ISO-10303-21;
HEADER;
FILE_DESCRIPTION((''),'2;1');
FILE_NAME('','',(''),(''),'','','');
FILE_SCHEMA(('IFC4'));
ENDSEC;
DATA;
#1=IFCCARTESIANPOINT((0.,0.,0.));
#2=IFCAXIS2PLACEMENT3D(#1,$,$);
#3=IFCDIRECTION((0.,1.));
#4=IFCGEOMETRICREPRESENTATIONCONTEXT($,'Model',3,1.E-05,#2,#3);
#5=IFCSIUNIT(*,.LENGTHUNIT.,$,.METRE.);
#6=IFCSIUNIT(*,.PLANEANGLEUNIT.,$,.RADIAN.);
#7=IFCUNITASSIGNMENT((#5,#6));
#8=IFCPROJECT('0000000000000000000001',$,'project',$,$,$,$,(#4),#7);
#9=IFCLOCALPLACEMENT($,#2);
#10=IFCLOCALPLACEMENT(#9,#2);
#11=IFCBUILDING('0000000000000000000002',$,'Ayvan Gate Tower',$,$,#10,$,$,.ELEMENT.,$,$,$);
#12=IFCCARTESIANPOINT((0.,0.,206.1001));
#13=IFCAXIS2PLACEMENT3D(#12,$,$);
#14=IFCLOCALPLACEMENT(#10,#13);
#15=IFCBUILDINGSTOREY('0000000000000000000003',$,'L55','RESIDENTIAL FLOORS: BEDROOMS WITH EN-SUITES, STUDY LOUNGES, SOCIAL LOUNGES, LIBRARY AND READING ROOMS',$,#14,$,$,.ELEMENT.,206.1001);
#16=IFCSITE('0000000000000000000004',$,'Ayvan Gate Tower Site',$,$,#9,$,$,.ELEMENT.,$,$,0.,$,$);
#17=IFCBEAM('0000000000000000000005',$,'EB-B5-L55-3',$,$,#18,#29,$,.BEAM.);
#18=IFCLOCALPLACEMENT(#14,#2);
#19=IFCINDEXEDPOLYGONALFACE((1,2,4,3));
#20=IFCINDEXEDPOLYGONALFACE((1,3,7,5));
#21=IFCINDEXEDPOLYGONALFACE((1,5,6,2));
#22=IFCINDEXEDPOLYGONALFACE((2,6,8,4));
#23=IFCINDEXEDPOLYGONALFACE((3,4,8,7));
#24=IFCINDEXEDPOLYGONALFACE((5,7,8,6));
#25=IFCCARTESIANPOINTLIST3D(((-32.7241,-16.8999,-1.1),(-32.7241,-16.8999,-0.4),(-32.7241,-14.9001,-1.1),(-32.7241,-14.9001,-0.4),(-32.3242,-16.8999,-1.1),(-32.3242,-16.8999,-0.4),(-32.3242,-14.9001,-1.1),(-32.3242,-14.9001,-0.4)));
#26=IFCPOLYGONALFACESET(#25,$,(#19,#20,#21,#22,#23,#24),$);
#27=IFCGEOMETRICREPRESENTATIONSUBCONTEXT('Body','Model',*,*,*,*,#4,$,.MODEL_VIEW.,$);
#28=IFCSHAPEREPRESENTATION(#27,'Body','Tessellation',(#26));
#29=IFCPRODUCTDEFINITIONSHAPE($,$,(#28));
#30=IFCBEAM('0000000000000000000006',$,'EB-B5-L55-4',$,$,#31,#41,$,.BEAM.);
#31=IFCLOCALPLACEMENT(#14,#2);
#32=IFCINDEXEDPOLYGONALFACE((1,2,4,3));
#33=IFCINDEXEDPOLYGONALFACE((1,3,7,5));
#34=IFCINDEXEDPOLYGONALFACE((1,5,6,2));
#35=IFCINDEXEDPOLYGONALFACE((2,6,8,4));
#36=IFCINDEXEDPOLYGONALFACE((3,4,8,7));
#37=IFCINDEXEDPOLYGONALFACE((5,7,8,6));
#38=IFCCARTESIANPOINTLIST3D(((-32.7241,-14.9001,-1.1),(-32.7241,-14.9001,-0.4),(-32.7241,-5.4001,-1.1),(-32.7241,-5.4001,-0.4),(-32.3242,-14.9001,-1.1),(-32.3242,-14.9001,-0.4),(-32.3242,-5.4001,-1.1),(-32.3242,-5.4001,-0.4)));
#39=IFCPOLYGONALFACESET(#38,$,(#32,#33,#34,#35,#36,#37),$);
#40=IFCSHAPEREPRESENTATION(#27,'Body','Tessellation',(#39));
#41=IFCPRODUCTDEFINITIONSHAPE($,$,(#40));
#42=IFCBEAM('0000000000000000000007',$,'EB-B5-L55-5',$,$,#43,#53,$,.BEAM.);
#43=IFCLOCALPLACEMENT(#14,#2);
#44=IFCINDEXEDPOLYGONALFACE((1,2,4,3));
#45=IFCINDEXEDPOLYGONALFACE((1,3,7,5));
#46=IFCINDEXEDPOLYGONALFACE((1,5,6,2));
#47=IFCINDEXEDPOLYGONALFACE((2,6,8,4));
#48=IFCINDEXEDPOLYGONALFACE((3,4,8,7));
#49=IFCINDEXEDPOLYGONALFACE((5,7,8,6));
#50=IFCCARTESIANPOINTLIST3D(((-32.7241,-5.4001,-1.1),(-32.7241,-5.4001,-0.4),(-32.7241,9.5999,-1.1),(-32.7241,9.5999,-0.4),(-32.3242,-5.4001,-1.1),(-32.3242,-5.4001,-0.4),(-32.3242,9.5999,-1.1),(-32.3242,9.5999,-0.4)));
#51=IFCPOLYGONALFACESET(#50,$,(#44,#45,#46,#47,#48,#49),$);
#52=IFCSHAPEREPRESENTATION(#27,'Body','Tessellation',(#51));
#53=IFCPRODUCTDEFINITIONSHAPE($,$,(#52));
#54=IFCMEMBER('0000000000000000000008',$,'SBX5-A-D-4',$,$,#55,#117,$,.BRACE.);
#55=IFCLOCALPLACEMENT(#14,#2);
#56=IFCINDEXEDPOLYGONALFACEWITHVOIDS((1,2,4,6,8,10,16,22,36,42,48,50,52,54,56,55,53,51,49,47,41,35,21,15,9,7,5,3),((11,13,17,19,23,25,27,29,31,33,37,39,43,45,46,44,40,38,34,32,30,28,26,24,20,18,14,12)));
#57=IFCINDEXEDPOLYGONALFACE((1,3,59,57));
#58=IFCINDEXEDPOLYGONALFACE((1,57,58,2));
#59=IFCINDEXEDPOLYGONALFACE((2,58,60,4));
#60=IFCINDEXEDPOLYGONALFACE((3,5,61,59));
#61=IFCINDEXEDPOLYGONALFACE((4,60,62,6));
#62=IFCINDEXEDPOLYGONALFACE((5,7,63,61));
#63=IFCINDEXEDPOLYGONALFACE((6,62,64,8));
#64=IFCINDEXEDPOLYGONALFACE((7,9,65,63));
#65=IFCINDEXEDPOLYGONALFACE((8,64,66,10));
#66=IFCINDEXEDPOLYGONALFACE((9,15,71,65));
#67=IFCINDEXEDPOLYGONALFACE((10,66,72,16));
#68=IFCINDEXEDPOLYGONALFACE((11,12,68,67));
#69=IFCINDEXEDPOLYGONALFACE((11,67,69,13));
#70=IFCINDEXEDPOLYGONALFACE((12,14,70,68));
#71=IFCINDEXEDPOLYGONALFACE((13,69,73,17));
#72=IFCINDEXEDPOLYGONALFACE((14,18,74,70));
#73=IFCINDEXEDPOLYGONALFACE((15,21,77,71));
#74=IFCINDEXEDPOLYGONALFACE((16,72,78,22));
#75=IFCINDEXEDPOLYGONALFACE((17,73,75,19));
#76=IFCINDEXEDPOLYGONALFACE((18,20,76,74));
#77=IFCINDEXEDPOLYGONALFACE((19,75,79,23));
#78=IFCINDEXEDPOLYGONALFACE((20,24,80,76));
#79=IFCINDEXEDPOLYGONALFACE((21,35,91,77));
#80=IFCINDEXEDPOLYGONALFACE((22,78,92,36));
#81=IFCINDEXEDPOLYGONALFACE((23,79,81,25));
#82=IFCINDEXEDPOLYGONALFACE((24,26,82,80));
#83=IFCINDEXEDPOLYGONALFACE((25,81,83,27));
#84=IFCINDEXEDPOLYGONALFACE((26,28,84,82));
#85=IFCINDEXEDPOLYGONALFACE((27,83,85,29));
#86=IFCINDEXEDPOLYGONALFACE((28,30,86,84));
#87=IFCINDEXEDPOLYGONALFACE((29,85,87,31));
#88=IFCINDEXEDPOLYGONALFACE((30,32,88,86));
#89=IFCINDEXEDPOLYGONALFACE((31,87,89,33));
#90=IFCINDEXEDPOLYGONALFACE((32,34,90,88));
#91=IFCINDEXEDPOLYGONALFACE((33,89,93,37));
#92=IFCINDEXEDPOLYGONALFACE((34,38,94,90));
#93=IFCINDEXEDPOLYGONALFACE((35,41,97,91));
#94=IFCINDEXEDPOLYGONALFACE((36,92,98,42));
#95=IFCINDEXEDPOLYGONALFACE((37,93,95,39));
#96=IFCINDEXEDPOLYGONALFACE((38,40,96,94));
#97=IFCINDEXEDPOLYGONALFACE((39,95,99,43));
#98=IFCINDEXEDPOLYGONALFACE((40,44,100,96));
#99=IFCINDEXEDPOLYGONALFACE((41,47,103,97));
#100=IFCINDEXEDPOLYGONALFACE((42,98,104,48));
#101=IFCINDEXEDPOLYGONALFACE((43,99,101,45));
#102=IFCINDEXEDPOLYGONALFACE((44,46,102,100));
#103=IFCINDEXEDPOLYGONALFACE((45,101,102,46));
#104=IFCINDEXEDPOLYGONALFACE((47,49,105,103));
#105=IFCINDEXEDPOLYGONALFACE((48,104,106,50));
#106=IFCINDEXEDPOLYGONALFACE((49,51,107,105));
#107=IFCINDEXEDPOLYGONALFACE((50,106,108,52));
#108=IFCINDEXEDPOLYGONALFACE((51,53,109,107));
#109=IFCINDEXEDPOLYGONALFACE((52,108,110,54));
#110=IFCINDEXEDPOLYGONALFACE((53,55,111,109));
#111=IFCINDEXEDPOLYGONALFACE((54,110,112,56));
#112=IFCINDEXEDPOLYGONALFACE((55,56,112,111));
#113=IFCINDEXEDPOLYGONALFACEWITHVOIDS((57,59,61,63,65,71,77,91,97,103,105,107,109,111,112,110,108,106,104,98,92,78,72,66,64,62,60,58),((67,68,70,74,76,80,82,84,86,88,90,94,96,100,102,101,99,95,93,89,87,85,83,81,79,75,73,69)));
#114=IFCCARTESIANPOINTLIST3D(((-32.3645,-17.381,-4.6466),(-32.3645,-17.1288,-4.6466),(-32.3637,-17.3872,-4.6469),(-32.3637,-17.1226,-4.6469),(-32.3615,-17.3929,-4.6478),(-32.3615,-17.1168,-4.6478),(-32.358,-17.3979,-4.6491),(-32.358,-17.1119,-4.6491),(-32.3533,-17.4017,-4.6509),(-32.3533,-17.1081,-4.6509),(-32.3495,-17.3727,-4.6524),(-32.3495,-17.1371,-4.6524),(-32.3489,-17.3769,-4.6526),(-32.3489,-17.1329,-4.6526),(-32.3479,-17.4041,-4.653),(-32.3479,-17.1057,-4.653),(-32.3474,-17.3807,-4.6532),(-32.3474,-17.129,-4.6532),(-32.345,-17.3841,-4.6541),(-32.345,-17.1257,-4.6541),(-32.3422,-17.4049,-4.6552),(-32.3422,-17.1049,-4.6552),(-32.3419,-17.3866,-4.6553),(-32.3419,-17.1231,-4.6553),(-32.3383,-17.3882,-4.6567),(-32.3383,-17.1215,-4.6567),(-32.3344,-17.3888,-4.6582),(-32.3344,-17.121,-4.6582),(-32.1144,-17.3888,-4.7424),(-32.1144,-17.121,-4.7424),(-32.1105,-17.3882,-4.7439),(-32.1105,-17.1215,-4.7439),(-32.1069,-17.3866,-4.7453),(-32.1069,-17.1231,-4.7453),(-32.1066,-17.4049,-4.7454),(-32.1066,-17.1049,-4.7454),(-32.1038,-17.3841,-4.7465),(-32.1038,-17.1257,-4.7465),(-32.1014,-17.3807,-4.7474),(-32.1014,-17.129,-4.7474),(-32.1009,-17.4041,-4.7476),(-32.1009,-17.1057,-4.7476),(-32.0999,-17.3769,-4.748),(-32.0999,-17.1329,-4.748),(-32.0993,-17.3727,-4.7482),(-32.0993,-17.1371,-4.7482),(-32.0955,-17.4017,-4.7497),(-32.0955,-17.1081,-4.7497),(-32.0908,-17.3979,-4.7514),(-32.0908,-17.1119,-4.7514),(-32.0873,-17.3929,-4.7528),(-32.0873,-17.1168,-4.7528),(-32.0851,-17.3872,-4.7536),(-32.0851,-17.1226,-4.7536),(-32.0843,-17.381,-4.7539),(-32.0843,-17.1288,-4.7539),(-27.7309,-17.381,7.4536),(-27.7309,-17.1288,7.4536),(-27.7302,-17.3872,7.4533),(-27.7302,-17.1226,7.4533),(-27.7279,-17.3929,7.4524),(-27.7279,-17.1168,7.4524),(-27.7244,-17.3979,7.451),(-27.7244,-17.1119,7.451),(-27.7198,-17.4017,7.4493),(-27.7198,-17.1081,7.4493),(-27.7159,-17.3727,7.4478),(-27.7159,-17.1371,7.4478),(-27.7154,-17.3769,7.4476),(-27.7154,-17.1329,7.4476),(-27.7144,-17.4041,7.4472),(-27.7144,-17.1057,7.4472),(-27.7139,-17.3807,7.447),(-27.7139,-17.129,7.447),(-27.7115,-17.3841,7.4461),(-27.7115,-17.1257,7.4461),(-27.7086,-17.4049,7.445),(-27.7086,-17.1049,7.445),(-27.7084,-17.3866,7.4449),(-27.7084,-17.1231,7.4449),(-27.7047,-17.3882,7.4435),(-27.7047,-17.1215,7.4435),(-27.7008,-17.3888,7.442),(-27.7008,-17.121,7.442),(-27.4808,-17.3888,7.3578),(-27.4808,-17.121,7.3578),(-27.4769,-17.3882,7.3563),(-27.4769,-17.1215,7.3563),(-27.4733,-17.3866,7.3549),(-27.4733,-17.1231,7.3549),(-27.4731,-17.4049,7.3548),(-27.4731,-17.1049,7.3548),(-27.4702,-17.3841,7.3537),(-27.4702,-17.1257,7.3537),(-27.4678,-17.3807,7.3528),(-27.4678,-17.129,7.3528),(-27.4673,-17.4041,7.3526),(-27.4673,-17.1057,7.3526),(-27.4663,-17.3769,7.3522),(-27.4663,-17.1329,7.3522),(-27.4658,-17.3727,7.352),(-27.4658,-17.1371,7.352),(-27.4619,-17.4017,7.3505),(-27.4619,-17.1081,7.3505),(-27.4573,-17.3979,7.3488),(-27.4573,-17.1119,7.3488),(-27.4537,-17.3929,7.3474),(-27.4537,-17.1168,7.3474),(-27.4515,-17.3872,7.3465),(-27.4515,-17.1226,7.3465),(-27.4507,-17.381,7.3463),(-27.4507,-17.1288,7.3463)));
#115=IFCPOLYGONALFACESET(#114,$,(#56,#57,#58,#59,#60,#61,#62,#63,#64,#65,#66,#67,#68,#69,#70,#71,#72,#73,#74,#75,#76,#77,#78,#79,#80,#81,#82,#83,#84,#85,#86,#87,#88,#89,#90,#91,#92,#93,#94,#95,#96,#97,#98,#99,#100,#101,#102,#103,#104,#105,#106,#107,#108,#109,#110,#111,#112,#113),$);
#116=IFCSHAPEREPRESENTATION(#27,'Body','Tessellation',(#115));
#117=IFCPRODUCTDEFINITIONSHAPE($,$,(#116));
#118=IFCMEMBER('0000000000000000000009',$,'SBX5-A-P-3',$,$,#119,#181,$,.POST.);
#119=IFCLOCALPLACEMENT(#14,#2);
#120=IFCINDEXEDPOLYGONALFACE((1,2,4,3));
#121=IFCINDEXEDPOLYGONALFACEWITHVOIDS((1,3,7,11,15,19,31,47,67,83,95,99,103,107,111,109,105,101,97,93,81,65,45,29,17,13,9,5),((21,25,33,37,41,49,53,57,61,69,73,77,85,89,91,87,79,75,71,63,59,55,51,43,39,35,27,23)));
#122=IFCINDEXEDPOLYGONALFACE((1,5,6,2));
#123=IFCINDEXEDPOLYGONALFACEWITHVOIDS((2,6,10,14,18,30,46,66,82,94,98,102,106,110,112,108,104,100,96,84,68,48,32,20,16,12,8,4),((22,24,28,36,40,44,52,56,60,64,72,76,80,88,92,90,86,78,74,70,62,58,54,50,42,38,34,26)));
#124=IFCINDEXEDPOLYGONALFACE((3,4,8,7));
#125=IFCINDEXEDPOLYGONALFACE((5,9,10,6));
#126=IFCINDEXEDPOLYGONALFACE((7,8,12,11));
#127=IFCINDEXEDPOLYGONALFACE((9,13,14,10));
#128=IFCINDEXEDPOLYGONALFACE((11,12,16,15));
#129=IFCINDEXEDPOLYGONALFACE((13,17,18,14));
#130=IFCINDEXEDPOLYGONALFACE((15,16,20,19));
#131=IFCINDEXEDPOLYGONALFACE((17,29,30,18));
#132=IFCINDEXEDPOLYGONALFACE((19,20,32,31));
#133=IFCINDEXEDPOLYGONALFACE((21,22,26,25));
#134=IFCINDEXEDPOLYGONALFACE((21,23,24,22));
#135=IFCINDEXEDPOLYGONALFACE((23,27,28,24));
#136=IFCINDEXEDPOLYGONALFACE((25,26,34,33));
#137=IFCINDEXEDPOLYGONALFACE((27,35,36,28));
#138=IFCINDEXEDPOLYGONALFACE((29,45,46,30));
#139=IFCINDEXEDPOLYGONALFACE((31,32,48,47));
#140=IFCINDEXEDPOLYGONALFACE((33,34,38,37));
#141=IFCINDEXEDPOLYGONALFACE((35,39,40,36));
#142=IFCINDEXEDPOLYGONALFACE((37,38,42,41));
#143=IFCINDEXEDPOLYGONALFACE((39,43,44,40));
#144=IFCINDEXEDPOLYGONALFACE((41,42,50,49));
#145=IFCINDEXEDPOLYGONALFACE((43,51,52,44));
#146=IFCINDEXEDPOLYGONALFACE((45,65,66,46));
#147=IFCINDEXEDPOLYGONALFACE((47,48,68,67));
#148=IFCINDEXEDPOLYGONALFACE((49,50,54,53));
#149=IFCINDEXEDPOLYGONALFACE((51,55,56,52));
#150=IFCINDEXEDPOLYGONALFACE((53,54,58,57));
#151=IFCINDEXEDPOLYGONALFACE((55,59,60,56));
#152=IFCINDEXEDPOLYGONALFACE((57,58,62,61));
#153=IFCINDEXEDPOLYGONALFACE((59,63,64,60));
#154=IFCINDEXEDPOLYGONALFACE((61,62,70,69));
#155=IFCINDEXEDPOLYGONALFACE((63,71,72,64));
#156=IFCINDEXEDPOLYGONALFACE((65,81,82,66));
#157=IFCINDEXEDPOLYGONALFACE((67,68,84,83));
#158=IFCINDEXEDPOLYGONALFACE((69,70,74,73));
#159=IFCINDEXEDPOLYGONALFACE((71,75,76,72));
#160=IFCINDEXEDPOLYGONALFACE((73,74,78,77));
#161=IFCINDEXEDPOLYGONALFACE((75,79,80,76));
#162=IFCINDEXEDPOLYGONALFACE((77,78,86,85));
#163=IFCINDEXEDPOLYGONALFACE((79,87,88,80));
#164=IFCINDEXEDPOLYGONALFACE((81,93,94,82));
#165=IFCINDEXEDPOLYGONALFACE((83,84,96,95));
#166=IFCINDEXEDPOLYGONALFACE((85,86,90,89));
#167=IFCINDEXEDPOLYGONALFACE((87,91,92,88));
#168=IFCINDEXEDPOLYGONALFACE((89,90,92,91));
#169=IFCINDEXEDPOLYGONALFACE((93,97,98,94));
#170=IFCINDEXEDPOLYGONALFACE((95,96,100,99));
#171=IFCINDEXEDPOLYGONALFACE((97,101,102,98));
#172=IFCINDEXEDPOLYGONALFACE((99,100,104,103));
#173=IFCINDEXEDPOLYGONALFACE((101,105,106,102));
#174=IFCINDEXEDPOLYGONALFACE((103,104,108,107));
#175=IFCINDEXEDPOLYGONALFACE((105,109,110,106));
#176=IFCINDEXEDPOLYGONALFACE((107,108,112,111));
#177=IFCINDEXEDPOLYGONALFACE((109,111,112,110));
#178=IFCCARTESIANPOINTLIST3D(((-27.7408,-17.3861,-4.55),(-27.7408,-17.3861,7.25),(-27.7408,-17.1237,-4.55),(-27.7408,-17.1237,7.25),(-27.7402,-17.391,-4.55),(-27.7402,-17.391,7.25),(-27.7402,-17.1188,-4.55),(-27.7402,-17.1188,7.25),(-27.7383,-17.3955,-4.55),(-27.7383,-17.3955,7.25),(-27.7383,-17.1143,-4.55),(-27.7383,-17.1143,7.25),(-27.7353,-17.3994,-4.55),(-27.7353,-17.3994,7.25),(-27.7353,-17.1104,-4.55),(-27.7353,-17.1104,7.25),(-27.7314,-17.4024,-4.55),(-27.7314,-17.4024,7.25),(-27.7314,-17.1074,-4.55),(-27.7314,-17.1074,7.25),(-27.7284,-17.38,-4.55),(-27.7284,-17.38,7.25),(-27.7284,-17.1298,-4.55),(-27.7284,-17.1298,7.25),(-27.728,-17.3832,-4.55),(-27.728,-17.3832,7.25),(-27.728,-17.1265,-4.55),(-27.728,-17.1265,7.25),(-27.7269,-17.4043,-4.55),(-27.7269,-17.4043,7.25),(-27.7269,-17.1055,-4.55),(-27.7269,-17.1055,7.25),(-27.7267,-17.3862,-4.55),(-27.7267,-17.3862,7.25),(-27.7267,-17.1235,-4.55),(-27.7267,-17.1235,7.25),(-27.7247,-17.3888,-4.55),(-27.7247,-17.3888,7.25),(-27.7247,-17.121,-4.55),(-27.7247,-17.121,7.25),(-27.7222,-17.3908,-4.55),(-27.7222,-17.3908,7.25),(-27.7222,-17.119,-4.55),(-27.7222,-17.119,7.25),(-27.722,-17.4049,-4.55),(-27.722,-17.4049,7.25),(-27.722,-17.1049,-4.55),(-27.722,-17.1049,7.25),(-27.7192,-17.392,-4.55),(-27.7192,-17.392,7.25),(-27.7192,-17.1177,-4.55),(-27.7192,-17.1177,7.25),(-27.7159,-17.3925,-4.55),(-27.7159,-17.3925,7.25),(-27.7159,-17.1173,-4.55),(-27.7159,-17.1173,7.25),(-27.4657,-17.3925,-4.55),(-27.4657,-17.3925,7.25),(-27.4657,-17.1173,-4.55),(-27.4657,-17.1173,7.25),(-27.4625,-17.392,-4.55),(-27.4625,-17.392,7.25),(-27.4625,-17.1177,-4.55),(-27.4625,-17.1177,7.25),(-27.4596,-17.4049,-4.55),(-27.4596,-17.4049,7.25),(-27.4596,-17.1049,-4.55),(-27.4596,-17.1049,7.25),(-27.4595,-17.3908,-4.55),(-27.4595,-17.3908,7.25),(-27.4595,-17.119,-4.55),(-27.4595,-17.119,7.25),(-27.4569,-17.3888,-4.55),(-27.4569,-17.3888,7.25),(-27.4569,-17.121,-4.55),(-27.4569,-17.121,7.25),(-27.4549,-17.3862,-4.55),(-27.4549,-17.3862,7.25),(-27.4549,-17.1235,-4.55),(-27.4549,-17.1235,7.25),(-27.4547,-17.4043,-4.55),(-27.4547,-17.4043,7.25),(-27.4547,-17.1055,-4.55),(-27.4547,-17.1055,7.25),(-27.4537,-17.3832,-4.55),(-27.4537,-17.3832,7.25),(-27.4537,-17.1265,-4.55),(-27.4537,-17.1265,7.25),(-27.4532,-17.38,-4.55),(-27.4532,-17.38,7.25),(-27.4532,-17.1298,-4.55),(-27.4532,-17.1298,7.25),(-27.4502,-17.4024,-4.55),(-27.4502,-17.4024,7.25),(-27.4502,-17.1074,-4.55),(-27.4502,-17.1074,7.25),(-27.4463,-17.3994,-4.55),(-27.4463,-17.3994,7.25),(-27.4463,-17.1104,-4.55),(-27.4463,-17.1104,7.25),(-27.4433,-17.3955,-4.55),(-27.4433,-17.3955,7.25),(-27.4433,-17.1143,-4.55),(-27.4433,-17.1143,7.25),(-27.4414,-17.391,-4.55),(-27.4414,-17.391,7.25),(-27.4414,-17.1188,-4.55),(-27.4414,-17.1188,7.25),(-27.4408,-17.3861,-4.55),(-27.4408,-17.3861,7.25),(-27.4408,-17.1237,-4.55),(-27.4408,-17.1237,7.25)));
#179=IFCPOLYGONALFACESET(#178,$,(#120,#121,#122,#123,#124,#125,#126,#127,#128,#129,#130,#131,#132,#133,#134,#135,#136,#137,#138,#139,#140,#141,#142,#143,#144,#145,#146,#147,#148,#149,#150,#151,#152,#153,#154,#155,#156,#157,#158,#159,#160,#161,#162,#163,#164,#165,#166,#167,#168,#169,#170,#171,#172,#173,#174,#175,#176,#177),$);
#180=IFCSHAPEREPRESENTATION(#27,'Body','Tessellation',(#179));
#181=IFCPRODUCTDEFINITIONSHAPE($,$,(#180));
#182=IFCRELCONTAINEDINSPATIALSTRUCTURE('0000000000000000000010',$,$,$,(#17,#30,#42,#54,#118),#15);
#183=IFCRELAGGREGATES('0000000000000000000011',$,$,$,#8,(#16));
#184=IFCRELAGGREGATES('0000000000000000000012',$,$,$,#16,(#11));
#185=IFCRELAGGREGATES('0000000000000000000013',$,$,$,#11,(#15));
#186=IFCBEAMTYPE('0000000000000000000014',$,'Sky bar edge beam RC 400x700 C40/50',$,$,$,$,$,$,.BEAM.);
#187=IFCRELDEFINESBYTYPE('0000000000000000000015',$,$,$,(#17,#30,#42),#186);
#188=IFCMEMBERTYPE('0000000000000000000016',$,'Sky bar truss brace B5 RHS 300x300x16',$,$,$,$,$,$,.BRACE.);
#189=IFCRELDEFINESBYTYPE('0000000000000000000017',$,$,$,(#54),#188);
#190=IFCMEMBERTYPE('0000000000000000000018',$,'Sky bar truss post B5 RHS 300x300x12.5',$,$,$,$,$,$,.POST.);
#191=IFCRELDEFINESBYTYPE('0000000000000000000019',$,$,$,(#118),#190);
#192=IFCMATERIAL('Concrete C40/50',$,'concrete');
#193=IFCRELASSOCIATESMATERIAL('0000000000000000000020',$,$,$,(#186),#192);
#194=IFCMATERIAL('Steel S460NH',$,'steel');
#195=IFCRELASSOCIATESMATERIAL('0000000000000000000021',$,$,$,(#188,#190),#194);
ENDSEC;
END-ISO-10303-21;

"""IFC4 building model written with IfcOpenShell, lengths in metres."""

from ifc_helpers import new_model, si_unit, direction, frame, origin, origin_2d, place, context, subcontext, project, spatial, rectangle, hollow_rectangle, extrude, material, material_profile, profile_set, type_object, element, save


model = new_model("IFC4")

# Units and contexts
model_context = context("Model", 3, precision=1e-05, world=origin(), true_north=direction((0.0, 1.0)))
body_context = subcontext(model_context, "Body", "Model", "MODEL_VIEW")
ifc_project = project(units=[si_unit("LENGTHUNIT", "METRE"), si_unit("PLANEANGLEUNIT", "RADIAN")], contexts=[model_context])

# Site, building, storey
site_placement = place(None, origin())
site = spatial("IfcSite", under=ifc_project, at=site_placement, Name="Ayvan Gate Tower Site", CompositionType="ELEMENT", RefElevation=0.0)
building_placement = place(site_placement, origin())
building = spatial("IfcBuilding", under=site, at=building_placement, Name="Ayvan Gate Tower", CompositionType="ELEMENT")
storey_placement = place(building_placement, frame((0.0, 0.0, 206.1001)))
storey = spatial("IfcBuildingStorey", under=building, at=storey_placement, Name="L55", Description="RESIDENTIAL FLOORS: BEDROOMS WITH EN-SUITES, STUDY LOUNGES, SOCIAL LOUNGES, LIBRARY AND READING ROOMS", CompositionType="ELEMENT", Elevation=206.1001)

# Beams
ifc_material_1 = material(Name="Concrete C40/50", Category="concrete")
ifc_material_profile_1 = material_profile(ifc_material_1, rectangle(XDim=0.3999, YDim=0.7, at=origin_2d()), Name="RC 400x700")
ifc_profile_set_1 = profile_set([ifc_material_profile_1], Name="Concrete C40/50")
beam_type = type_object("IfcBeamType", Name="Sky bar edge beam RC 400x700 C40/50", PredefinedType="BEAM", material=ifc_profile_set_1)
beam_1_placement = place(storey_placement, frame((-32.5242, -16.8999, -0.75), z_axis=(0.0, 1.0, 0.0), x_axis=(-1.0, 0.0, 0.0)))
element("IfcBeam", 1, at=beam_1_placement, inside=storey, type_object=beam_type, Name="EB-B5-L55-3", PredefinedType="BEAM", context=body_context, shape_type="SweptSolid", body=[
    extrude(rectangle(XDim=0.3999, YDim=0.7, at=origin_2d()), origin(), (0.0, 0.0, 1.0), 1.9998),
])
beam_2_placement = place(storey_placement, frame((-32.5242, -14.9001, -0.75), z_axis=(0.0, 1.0, 0.0), x_axis=(-1.0, 0.0, 0.0)))
element("IfcBeam", 2, at=beam_2_placement, inside=storey, type_object=beam_type, Name="EB-B5-L55-4", PredefinedType="BEAM", context=body_context, shape_type="SweptSolid", body=[
    extrude(rectangle(XDim=0.3999, YDim=0.7, at=origin_2d()), origin(), (0.0, 0.0, 1.0), 9.5),
])
beam_3_placement = place(storey_placement, frame((-32.5242, -5.4001, -0.75), z_axis=(0.0, 1.0, 0.0), x_axis=(-1.0, 0.0, 0.0)))
element("IfcBeam", 3, at=beam_3_placement, inside=storey, type_object=beam_type, Name="EB-B5-L55-5", PredefinedType="BEAM", context=body_context, shape_type="SweptSolid", body=[
    extrude(rectangle(XDim=0.3999, YDim=0.7, at=origin_2d()), origin(), (0.0, 0.0, 1.0), 15.0),
])

# Members
ifc_material_2 = material(Name="Steel S460NH", Category="steel")
ifc_material_profile_2 = material_profile(ifc_material_2, hollow_rectangle(XDim=0.3, YDim=0.3, WallThickness=0.0161, InnerFilletRadius=0.0161, OuterFilletRadius=0.0239, at=origin_2d()), Name="RHS 300x300x16")
ifc_profile_set_2 = profile_set([ifc_material_profile_2], Name="Steel S460NH")
member_type_1 = type_object("IfcMemberType", Name="Sky bar truss brace B5 RHS 300x300x16", PredefinedType="BRACE", material=ifc_profile_set_2)
member_1_placement = place(storey_placement, frame((-27.5908, -17.2549, 7.3999), z_axis=(-0.357611, 0.0, -0.933871), x_axis=(0.0, -1.0, 0.0)))
element("IfcMember", 4, at=member_1_placement, inside=storey, type_object=member_type_1, Name="SBX5-A-D-4", PredefinedType="BRACE", context=body_context, shape_type="SweptSolid", body=[
    extrude(hollow_rectangle(XDim=0.3, YDim=0.3, WallThickness=0.0161, InnerFilletRadius=0.0161, OuterFilletRadius=0.0239, at=origin_2d()), origin(), (0.0, 0.0, 1.0), 12.957),
])
ifc_material_profile_3 = material_profile(ifc_material_2, hollow_rectangle(XDim=0.3, YDim=0.3, WallThickness=0.0125, InnerFilletRadius=0.0125, OuterFilletRadius=0.0188, at=origin_2d()), Name="RHS 300x300x12.5")
ifc_profile_set_3 = profile_set([ifc_material_profile_3], Name="Steel S460NH")
member_type_2 = type_object("IfcMemberType", Name="Sky bar truss post B5 RHS 300x300x12.5", PredefinedType="POST", material=ifc_profile_set_3)
for number, where, z_axis, x_axis, name in (
    (5, (-27.5908, -17.2549, -4.55), (0.0, 0.0, 1.0), (1.0, 0.0, 0.0), "SBX5-A-P-3"),
):
    element("IfcMember", number, at=place(storey_placement, frame(where, z_axis=z_axis, x_axis=x_axis)), inside=storey, type_object=member_type_2, Name=name, PredefinedType="POST", context=body_context, shape_type="SweptSolid", body=[
        extrude(hollow_rectangle(XDim=0.3, YDim=0.3, WallThickness=0.0125, InnerFilletRadius=0.0125, OuterFilletRadius=0.0188, at=origin_2d()), origin(), (0.0, 0.0, 1.0), 11.8),
    ])

save(model, "model.ifc")
